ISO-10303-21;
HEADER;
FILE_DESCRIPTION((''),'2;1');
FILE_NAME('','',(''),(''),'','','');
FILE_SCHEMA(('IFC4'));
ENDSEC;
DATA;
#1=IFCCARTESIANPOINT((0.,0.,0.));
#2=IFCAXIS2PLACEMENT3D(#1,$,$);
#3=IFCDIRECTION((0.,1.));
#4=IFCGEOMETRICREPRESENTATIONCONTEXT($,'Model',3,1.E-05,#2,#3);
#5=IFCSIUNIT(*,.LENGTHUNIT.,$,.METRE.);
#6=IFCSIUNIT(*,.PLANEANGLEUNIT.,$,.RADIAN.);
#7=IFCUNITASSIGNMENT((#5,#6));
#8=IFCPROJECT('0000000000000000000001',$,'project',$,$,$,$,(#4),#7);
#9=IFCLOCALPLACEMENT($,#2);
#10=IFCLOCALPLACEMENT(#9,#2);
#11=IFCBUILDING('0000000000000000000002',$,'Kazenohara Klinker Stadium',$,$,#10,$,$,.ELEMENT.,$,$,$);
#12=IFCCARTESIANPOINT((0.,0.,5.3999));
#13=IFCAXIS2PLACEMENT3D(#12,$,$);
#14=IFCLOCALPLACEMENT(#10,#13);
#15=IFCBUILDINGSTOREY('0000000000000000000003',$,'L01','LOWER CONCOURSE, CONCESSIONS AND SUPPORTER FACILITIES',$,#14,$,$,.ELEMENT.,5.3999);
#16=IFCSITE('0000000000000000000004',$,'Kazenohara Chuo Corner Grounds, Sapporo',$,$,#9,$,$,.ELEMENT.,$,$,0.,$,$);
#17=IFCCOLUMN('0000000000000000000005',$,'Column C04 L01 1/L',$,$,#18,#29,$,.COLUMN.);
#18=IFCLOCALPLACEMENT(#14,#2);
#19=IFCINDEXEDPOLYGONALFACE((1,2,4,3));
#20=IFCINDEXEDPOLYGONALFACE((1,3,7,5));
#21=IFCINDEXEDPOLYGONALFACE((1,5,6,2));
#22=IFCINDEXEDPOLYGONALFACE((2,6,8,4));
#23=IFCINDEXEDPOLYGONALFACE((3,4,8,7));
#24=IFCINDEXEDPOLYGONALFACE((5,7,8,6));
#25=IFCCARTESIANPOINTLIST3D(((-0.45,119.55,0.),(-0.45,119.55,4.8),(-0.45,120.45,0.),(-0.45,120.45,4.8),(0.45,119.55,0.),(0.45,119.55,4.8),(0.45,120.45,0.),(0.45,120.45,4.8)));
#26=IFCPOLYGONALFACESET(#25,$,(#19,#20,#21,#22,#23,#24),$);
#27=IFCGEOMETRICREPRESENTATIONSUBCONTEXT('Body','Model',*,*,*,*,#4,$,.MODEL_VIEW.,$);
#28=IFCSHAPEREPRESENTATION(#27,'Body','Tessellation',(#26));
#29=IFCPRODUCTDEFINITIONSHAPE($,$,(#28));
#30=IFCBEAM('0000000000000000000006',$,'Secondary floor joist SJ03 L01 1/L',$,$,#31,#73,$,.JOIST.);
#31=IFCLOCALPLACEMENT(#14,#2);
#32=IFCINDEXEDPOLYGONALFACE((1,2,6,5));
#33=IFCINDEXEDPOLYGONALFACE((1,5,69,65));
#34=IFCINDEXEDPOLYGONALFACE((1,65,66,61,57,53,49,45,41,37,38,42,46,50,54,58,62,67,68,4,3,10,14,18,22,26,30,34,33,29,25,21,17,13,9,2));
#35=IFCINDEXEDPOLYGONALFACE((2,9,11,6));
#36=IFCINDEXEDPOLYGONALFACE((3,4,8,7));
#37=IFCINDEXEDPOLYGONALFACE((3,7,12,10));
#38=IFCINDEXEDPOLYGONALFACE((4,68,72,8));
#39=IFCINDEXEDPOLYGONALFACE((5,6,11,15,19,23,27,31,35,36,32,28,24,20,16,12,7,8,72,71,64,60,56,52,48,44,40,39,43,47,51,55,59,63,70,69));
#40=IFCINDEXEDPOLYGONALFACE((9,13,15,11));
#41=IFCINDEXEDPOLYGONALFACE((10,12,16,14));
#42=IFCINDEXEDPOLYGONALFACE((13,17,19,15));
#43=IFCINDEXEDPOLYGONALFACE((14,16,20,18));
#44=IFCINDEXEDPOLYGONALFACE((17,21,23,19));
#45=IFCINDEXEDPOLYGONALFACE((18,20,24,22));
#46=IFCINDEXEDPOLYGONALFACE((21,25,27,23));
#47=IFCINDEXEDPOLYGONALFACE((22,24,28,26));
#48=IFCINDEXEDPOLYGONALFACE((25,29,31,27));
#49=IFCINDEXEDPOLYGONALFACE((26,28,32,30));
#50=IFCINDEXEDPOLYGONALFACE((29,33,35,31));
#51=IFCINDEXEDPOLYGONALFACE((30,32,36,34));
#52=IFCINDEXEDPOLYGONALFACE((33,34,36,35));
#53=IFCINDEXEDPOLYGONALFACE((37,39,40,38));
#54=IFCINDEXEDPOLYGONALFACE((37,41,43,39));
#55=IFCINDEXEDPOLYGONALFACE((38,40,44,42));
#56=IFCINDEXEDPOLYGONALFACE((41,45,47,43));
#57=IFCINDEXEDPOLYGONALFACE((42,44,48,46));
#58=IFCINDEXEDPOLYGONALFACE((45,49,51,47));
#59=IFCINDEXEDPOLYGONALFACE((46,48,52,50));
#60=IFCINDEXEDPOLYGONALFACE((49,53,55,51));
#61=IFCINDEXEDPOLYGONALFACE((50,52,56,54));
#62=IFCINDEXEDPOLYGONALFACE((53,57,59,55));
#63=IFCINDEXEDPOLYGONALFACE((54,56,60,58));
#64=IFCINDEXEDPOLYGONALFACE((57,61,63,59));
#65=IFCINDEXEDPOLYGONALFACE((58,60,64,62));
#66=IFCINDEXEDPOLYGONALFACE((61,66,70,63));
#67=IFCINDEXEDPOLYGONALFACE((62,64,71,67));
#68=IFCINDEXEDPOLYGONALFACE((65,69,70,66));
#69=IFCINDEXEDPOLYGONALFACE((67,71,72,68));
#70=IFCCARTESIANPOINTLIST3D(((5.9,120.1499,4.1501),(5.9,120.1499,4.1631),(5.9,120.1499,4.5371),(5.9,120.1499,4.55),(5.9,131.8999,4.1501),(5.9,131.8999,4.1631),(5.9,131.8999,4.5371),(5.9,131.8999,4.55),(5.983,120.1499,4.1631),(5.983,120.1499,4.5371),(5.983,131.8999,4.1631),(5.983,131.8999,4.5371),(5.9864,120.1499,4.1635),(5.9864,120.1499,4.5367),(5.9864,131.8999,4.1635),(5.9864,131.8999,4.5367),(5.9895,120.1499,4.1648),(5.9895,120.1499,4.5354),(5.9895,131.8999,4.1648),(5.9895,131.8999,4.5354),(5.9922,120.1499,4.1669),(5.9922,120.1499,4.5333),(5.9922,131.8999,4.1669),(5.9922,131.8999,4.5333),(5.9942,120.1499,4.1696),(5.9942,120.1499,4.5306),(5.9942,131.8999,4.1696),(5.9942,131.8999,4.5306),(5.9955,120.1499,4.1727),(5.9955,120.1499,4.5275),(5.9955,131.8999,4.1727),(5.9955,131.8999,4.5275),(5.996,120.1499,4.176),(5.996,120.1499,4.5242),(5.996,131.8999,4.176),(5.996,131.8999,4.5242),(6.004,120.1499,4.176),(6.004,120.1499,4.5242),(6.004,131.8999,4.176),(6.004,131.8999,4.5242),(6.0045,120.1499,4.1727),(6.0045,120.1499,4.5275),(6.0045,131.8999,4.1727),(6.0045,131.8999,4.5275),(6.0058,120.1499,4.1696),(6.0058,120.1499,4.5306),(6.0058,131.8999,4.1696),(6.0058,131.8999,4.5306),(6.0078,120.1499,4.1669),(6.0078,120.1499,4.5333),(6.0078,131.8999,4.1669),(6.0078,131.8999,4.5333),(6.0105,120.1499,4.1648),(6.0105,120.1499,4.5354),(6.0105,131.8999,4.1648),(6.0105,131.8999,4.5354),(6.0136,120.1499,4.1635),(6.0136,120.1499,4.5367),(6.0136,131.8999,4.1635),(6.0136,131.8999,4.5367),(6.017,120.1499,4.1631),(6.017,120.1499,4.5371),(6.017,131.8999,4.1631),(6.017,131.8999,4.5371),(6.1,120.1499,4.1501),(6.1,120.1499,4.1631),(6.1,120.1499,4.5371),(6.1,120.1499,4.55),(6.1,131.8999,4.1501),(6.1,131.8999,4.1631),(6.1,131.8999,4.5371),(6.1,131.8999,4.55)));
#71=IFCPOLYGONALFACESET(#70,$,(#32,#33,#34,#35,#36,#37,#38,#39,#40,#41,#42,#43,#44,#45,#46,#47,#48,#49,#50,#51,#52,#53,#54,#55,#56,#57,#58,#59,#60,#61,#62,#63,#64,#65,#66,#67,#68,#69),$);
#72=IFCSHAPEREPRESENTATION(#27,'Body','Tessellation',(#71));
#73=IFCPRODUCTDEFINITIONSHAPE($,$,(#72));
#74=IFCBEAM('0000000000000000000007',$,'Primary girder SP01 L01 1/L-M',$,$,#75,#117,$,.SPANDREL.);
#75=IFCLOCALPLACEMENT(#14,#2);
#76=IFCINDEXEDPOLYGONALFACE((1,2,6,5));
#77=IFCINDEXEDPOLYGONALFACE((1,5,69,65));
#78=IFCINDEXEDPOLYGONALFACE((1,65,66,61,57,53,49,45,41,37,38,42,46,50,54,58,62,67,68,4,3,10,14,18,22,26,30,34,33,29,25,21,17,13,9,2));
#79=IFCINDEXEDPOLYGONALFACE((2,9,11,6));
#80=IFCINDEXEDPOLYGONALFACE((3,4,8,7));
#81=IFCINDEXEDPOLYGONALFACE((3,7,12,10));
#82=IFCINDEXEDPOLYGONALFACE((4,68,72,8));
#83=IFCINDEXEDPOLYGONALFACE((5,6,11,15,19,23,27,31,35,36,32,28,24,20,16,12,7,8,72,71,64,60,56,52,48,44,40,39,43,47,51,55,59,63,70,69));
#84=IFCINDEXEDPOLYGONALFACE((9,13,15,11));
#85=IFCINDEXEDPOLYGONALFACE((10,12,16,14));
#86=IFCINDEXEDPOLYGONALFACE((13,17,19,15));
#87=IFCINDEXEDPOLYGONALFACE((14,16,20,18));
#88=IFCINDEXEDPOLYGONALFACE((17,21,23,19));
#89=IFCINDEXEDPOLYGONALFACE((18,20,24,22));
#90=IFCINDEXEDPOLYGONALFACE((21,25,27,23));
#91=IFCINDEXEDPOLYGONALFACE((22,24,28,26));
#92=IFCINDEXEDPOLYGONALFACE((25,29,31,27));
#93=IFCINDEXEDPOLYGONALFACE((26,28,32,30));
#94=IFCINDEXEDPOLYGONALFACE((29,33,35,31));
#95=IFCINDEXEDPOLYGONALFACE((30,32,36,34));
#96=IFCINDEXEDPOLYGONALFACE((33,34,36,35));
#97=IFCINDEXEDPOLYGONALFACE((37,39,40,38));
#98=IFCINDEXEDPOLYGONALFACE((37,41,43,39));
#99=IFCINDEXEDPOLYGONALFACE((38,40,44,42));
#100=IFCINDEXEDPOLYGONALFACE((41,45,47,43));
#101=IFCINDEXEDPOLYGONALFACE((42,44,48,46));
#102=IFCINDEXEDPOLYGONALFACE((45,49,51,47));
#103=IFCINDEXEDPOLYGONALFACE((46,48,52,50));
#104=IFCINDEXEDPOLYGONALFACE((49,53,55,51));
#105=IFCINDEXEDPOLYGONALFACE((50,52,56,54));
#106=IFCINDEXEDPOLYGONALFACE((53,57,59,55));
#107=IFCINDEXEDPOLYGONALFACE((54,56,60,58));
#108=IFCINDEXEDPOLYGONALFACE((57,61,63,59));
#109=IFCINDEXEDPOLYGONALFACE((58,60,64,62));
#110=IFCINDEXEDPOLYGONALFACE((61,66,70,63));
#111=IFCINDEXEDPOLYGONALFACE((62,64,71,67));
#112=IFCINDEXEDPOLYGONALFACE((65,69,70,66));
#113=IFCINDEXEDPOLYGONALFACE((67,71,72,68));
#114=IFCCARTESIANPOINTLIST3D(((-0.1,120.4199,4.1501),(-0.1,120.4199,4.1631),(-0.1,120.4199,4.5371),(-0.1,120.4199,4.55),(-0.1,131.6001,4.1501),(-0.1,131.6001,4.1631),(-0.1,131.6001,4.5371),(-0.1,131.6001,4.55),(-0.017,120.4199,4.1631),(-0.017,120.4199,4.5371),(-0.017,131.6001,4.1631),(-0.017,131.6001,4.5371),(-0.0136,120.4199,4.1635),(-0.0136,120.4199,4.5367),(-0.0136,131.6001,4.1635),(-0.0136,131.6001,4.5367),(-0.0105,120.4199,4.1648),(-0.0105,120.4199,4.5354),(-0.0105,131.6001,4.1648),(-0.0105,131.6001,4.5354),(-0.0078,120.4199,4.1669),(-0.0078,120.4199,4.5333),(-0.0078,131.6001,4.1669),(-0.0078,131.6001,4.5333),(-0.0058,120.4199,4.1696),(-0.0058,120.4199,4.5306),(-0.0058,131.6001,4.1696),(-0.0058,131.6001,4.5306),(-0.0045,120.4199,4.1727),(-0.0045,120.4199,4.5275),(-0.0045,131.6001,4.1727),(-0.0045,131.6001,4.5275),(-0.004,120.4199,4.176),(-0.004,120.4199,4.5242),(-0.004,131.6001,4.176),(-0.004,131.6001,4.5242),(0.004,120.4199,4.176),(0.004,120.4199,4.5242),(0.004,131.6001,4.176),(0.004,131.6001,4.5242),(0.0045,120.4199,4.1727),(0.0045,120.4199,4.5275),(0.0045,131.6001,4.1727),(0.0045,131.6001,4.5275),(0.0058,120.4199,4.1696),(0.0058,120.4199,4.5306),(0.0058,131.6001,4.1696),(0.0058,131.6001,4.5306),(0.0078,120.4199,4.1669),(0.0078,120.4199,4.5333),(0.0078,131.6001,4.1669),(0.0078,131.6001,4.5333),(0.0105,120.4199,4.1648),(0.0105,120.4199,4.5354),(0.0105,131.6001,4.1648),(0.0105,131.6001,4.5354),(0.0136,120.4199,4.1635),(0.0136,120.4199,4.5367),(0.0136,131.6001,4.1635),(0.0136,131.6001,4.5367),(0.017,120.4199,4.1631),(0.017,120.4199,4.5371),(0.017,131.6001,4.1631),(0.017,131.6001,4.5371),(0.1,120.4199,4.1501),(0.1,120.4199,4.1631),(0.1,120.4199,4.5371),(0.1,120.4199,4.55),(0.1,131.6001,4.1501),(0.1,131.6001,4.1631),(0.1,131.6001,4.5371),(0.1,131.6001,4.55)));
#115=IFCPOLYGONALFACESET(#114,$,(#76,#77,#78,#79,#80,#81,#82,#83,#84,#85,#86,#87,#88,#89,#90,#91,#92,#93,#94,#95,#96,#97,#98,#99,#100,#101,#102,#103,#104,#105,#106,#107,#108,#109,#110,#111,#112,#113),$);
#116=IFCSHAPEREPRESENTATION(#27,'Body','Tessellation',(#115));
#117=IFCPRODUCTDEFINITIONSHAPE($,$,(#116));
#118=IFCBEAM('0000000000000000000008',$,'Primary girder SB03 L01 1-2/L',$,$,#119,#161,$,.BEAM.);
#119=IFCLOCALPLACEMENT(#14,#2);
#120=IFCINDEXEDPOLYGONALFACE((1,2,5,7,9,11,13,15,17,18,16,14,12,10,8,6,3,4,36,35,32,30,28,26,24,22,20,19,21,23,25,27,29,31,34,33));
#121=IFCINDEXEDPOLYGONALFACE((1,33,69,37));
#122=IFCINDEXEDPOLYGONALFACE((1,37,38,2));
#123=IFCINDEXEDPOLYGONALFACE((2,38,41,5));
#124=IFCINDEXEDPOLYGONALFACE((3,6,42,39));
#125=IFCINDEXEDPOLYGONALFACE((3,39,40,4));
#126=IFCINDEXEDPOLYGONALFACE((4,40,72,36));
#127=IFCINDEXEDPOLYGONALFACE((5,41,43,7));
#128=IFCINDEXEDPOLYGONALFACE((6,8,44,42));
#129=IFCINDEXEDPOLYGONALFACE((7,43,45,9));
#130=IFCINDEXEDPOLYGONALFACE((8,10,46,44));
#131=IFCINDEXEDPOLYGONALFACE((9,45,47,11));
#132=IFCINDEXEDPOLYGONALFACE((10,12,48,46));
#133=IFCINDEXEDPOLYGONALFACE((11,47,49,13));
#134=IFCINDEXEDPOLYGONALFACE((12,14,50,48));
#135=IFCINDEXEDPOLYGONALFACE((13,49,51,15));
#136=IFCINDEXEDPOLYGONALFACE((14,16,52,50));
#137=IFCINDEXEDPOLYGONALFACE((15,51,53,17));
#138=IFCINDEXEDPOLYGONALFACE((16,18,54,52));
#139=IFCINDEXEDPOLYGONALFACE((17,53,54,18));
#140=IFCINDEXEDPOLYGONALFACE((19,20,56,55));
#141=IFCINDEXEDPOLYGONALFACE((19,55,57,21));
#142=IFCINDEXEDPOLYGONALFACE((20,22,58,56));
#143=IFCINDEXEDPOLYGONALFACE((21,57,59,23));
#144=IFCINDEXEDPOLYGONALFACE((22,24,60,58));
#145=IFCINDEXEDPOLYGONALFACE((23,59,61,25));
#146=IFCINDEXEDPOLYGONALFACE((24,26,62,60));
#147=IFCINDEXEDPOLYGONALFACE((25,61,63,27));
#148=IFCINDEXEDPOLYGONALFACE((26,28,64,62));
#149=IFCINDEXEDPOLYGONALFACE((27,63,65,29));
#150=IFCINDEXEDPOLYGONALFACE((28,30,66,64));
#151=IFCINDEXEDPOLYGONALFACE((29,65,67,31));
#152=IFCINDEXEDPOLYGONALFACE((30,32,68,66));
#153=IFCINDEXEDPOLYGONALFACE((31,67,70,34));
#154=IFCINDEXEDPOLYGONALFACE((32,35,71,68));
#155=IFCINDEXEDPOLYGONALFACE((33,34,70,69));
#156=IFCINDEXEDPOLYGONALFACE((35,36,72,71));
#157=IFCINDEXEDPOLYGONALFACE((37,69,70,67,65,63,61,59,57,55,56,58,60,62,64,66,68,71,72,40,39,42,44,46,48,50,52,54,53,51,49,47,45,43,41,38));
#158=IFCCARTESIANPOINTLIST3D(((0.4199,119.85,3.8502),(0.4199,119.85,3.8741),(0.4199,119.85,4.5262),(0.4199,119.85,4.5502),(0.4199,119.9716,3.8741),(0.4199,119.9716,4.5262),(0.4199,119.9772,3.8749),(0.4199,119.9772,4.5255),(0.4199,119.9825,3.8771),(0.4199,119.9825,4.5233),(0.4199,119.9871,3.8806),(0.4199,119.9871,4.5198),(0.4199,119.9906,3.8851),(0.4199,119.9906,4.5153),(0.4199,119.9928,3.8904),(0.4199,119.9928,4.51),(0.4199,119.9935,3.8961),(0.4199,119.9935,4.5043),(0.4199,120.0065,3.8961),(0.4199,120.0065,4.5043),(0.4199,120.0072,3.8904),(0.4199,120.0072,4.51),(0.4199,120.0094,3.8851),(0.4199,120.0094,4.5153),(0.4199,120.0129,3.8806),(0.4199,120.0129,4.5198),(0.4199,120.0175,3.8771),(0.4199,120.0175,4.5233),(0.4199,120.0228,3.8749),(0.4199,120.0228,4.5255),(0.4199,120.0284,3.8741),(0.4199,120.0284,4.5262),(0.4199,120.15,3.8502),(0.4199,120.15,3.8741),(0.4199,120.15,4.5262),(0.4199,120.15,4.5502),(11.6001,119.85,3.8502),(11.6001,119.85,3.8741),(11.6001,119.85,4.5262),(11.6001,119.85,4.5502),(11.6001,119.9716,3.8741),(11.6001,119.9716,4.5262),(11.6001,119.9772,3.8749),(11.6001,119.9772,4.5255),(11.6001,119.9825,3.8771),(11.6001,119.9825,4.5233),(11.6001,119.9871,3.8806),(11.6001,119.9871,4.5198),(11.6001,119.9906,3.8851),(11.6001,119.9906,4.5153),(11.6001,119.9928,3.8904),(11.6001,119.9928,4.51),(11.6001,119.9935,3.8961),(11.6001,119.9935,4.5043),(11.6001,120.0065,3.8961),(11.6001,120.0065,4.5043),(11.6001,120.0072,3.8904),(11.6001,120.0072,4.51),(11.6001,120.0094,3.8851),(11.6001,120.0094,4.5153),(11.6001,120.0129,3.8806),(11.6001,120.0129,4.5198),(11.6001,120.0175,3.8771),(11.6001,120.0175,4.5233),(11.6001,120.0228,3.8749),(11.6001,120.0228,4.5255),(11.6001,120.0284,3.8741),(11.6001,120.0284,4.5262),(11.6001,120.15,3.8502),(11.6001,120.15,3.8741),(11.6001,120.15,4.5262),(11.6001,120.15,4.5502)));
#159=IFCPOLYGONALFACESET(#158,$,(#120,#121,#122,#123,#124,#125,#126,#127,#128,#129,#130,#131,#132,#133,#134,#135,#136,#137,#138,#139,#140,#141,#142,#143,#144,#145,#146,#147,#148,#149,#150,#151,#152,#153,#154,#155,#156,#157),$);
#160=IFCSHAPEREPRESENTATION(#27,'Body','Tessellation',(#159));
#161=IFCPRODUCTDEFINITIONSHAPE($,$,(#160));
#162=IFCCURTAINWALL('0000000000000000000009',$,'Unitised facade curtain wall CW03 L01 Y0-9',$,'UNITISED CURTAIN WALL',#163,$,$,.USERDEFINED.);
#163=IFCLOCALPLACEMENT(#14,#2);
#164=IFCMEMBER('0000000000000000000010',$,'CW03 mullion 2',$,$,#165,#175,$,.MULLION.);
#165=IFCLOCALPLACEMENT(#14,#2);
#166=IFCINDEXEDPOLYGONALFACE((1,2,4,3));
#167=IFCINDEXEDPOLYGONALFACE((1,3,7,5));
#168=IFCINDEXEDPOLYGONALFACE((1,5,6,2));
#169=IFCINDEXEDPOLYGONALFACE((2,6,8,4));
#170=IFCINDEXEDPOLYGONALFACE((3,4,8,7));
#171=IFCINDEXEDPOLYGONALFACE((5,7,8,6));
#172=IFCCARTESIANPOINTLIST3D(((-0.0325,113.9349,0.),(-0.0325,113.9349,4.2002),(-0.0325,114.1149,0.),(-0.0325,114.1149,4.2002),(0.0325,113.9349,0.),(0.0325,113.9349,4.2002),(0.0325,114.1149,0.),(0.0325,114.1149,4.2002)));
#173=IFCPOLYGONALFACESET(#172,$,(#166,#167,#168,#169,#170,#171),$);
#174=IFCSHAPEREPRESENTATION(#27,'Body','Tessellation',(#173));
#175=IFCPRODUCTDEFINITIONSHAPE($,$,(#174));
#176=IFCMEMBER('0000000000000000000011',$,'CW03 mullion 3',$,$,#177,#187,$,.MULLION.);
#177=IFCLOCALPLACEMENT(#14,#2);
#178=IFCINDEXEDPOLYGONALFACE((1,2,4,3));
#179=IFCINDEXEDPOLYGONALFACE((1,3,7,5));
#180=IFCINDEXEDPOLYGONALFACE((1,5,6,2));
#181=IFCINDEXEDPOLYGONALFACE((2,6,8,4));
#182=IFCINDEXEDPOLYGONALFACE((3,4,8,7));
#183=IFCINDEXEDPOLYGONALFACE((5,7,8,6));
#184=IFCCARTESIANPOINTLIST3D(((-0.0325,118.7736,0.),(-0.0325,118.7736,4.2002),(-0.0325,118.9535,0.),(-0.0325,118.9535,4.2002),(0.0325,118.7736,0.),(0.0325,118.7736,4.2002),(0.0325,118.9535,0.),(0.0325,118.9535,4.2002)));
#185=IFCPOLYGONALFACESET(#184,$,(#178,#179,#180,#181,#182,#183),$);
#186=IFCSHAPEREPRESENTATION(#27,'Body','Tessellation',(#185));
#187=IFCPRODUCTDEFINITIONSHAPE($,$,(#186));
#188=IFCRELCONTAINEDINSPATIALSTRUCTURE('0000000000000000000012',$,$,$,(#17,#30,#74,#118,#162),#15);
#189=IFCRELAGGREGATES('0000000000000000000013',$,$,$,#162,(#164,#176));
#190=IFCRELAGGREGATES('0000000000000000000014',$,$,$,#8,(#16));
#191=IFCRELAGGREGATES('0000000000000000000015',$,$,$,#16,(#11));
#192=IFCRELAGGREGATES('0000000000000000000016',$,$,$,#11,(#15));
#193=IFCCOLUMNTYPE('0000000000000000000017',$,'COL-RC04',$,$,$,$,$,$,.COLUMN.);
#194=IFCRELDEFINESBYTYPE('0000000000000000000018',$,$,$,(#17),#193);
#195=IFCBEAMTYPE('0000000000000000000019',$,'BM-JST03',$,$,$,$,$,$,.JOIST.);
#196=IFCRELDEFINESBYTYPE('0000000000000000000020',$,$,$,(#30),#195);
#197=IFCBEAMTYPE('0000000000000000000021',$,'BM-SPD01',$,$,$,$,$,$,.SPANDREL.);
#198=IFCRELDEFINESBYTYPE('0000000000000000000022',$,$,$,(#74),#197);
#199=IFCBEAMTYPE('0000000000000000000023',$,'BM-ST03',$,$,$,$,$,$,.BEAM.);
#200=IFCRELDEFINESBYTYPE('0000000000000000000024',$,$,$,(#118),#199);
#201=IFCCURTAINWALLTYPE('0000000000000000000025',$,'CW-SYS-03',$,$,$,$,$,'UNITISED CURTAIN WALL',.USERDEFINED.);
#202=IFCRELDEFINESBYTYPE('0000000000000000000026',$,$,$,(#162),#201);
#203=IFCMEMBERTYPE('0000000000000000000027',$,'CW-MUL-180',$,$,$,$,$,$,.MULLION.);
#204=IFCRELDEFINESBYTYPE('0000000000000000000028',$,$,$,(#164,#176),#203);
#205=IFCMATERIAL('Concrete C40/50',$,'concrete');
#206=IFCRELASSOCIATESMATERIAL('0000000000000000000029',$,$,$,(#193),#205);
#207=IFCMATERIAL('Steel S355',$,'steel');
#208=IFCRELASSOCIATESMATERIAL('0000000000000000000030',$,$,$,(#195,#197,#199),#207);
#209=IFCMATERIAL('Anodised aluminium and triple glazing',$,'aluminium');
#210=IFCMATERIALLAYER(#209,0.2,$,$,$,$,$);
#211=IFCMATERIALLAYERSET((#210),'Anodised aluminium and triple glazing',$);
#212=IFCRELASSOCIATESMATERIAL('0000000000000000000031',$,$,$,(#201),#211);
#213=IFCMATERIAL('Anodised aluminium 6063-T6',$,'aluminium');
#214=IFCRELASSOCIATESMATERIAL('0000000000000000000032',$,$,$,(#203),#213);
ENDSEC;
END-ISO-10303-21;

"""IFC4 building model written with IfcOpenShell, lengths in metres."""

from ifc_helpers import new_model, si_unit, direction, frame, origin, origin_2d, place, context, subcontext, project, spatial, rectangle, i_section, extrude, material, layer, layer_set, material_profile, profile_set, type_object, element, aggregate, save


model = new_model("IFC4")

# Units and contexts
model_context = context("Model", 3, precision=1e-05, world=origin(), true_north=direction((0.0, 1.0)))
body_context = subcontext(model_context, "Body", "Model", "MODEL_VIEW")
ifc_project = project(units=[si_unit("LENGTHUNIT", "METRE"), si_unit("PLANEANGLEUNIT", "RADIAN")], contexts=[model_context])

# Site, building, storey
site_placement = place(None, origin())
site = spatial("IfcSite", under=ifc_project, at=site_placement, Name="Kazenohara Chuo Corner Grounds, Sapporo", CompositionType="ELEMENT", RefElevation=0.0)
building_placement = place(site_placement, origin())
building = spatial("IfcBuilding", under=site, at=building_placement, Name="Kazenohara Klinker Stadium", CompositionType="ELEMENT")
storey_placement = place(building_placement, frame((0.0, 0.0, 5.3999)))
storey = spatial("IfcBuildingStorey", under=building, at=storey_placement, Name="L01", Description="LOWER CONCOURSE, CONCESSIONS AND SUPPORTER FACILITIES", CompositionType="ELEMENT", Elevation=5.3999)

# Column
ifc_material_1 = material(Name="Concrete C40/50", Category="concrete")
ifc_material_profile_1 = material_profile(ifc_material_1, rectangle(XDim=0.8999, YDim=0.8999, at=origin_2d()), Name="RC-COL-900x900")
ifc_profile_set_1 = profile_set([ifc_material_profile_1], Name="Concrete C40/50")
column_type = type_object("IfcColumnType", Name="COL-RC04", PredefinedType="COLUMN", material=ifc_profile_set_1)
column_placement = place(storey_placement, frame((0.0, 120.0, 0.0), z_axis=(0.0, 0.0, 1.0), x_axis=(1.0, 0.0, 0.0)))
element("IfcColumn", 1, at=column_placement, inside=storey, type_object=column_type, Name="Column C04 L01 1/L", PredefinedType="COLUMN", context=body_context, shape_type="SweptSolid", body=[
    extrude(rectangle(XDim=0.8999, YDim=0.8999, at=origin_2d()), origin(), (0.0, 0.0, 1.0), 4.8),
])

# Beams
ifc_material_2 = material(Name="Steel S355", Category="steel")
ifc_material_profile_2 = material_profile(ifc_material_2, i_section(OverallWidth=0.2, OverallDepth=0.3999, WebThickness=0.0081, FlangeThickness=0.0129, FilletRadius=0.0129, at=origin_2d()), Name="H-400x200x8x13")
ifc_profile_set_2 = profile_set([ifc_material_profile_2], Name="Steel S355")
beam_type_1 = type_object("IfcBeamType", Name="BM-JST03", PredefinedType="JOIST", material=ifc_profile_set_2)
beam_1_placement = place(storey_placement, frame((6.0, 120.1499, 4.3501), z_axis=(0.0, 1.0, 0.0), x_axis=(-1.0, 0.0, 0.0)))
element("IfcBeam", 2, at=beam_1_placement, inside=storey, type_object=beam_type_1, Name="Secondary floor joist SJ03 L01 1/L", PredefinedType="JOIST", context=body_context, shape_type="SweptSolid", body=[
    extrude(i_section(OverallWidth=0.2, OverallDepth=0.3999, WebThickness=0.0081, FlangeThickness=0.0129, FilletRadius=0.0129, at=origin_2d()), origin(), (0.0, 0.0, 1.0), 11.75),
])
ifc_material_profile_3 = material_profile(ifc_material_2, i_section(OverallWidth=0.2, OverallDepth=0.3999, WebThickness=0.0081, FlangeThickness=0.0129, FilletRadius=0.0129, at=origin_2d()), Name="H-400x200x8x13")
ifc_profile_set_3 = profile_set([ifc_material_profile_3], Name="Steel S355")
beam_type_2 = type_object("IfcBeamType", Name="BM-SPD01", PredefinedType="SPANDREL", material=ifc_profile_set_3)
beam_2_placement = place(storey_placement, frame((0.0, 120.4199, 4.3501), z_axis=(0.0, 1.0, 0.0), x_axis=(-1.0, 0.0, 0.0)))
element("IfcBeam", 3, at=beam_2_placement, inside=storey, type_object=beam_type_2, Name="Primary girder SP01 L01 1/L-M", PredefinedType="SPANDREL", context=body_context, shape_type="SweptSolid", body=[
    extrude(i_section(OverallWidth=0.2, OverallDepth=0.3999, WebThickness=0.0081, FlangeThickness=0.0129, FilletRadius=0.0129, at=origin_2d()), origin(), (0.0, 0.0, 1.0), 11.1802),
])
ifc_material_profile_4 = material_profile(ifc_material_2, i_section(OverallWidth=0.3, OverallDepth=0.7, WebThickness=0.0129, FlangeThickness=0.0239, FilletRadius=0.022, at=origin_2d()), Name="H-700x300x13x24")
ifc_profile_set_4 = profile_set([ifc_material_profile_4], Name="Steel S355")
beam_type_3 = type_object("IfcBeamType", Name="BM-ST03", PredefinedType="BEAM", material=ifc_profile_set_4)
beam_3_placement = place(storey_placement, frame((0.4199, 120.0, 4.2002), z_axis=(1.0, 0.0, 0.0), x_axis=(0.0, 1.0, 0.0)))
element("IfcBeam", 4, at=beam_3_placement, inside=storey, type_object=beam_type_3, Name="Primary girder SB03 L01 1-2/L", PredefinedType="BEAM", context=body_context, shape_type="SweptSolid", body=[
    extrude(i_section(OverallWidth=0.3, OverallDepth=0.7, WebThickness=0.0129, FlangeThickness=0.0239, FilletRadius=0.022, at=origin_2d()), origin(), (0.0, 0.0, 1.0), 11.1802),
])

# Curtain wall, members
ifc_material_3 = material(Name="Anodised aluminium and triple glazing", Category="aluminium")
ifc_layer_1 = layer(ifc_material_3, 0.2)
ifc_layer_set_1 = layer_set([ifc_layer_1], Name="Anodised aluminium and triple glazing")
curtain_wall_type = type_object("IfcCurtainWallType", Name="CW-SYS-03", ElementType="UNITISED CURTAIN WALL", PredefinedType="USERDEFINED", material=ifc_layer_set_1)
curtain_wall_placement = place(storey_placement, origin())
curtain_wall = element("IfcCurtainWall", 5, at=curtain_wall_placement, inside=storey, type_object=curtain_wall_type, Name="Unitised facade curtain wall CW03 L01 Y0-9", ObjectType="UNITISED CURTAIN WALL", PredefinedType="USERDEFINED")
ifc_material_4 = material(Name="Anodised aluminium 6063-T6", Category="aluminium")
ifc_material_profile_5 = material_profile(ifc_material_4, rectangle(XDim=0.0649, YDim=0.1799, at=origin_2d()), Name="ALU-MUL-65x180")
ifc_profile_set_5 = profile_set([ifc_material_profile_5], Name="Anodised aluminium 6063-T6")
member_type_1 = type_object("IfcMemberType", Name="CW-MUL-180", PredefinedType="MULLION", material=ifc_profile_set_5)
member_1_placement = place(storey_placement, frame((0.0, 114.0249, 0.0), z_axis=(0.0, 0.0, 1.0), x_axis=(-1.0, 0.0, 0.0)))
member_1 = element("IfcMember", 6, at=member_1_placement, type_object=member_type_1, Name="CW03 mullion 2", PredefinedType="MULLION", context=body_context, shape_type="SweptSolid", body=[
    extrude(rectangle(XDim=0.0649, YDim=0.1799, at=origin_2d()), origin(), (0.0, 0.0, 1.0), 4.2002),
])
member_2_placement = place(storey_placement, frame((0.0, 118.8635, 0.0), z_axis=(0.0, 0.0, 1.0), x_axis=(-1.0, 0.0, 0.0)))
member_2 = element("IfcMember", 7, at=member_2_placement, type_object=member_type_1, Name="CW03 mullion 3", PredefinedType="MULLION", context=body_context, shape_type="SweptSolid", body=[
    extrude(rectangle(XDim=0.0649, YDim=0.1799, at=origin_2d()), origin(), (0.0, 0.0, 1.0), 4.2002),
])
aggregate(curtain_wall, [member_1, member_2])

save(model, "model.ifc")
